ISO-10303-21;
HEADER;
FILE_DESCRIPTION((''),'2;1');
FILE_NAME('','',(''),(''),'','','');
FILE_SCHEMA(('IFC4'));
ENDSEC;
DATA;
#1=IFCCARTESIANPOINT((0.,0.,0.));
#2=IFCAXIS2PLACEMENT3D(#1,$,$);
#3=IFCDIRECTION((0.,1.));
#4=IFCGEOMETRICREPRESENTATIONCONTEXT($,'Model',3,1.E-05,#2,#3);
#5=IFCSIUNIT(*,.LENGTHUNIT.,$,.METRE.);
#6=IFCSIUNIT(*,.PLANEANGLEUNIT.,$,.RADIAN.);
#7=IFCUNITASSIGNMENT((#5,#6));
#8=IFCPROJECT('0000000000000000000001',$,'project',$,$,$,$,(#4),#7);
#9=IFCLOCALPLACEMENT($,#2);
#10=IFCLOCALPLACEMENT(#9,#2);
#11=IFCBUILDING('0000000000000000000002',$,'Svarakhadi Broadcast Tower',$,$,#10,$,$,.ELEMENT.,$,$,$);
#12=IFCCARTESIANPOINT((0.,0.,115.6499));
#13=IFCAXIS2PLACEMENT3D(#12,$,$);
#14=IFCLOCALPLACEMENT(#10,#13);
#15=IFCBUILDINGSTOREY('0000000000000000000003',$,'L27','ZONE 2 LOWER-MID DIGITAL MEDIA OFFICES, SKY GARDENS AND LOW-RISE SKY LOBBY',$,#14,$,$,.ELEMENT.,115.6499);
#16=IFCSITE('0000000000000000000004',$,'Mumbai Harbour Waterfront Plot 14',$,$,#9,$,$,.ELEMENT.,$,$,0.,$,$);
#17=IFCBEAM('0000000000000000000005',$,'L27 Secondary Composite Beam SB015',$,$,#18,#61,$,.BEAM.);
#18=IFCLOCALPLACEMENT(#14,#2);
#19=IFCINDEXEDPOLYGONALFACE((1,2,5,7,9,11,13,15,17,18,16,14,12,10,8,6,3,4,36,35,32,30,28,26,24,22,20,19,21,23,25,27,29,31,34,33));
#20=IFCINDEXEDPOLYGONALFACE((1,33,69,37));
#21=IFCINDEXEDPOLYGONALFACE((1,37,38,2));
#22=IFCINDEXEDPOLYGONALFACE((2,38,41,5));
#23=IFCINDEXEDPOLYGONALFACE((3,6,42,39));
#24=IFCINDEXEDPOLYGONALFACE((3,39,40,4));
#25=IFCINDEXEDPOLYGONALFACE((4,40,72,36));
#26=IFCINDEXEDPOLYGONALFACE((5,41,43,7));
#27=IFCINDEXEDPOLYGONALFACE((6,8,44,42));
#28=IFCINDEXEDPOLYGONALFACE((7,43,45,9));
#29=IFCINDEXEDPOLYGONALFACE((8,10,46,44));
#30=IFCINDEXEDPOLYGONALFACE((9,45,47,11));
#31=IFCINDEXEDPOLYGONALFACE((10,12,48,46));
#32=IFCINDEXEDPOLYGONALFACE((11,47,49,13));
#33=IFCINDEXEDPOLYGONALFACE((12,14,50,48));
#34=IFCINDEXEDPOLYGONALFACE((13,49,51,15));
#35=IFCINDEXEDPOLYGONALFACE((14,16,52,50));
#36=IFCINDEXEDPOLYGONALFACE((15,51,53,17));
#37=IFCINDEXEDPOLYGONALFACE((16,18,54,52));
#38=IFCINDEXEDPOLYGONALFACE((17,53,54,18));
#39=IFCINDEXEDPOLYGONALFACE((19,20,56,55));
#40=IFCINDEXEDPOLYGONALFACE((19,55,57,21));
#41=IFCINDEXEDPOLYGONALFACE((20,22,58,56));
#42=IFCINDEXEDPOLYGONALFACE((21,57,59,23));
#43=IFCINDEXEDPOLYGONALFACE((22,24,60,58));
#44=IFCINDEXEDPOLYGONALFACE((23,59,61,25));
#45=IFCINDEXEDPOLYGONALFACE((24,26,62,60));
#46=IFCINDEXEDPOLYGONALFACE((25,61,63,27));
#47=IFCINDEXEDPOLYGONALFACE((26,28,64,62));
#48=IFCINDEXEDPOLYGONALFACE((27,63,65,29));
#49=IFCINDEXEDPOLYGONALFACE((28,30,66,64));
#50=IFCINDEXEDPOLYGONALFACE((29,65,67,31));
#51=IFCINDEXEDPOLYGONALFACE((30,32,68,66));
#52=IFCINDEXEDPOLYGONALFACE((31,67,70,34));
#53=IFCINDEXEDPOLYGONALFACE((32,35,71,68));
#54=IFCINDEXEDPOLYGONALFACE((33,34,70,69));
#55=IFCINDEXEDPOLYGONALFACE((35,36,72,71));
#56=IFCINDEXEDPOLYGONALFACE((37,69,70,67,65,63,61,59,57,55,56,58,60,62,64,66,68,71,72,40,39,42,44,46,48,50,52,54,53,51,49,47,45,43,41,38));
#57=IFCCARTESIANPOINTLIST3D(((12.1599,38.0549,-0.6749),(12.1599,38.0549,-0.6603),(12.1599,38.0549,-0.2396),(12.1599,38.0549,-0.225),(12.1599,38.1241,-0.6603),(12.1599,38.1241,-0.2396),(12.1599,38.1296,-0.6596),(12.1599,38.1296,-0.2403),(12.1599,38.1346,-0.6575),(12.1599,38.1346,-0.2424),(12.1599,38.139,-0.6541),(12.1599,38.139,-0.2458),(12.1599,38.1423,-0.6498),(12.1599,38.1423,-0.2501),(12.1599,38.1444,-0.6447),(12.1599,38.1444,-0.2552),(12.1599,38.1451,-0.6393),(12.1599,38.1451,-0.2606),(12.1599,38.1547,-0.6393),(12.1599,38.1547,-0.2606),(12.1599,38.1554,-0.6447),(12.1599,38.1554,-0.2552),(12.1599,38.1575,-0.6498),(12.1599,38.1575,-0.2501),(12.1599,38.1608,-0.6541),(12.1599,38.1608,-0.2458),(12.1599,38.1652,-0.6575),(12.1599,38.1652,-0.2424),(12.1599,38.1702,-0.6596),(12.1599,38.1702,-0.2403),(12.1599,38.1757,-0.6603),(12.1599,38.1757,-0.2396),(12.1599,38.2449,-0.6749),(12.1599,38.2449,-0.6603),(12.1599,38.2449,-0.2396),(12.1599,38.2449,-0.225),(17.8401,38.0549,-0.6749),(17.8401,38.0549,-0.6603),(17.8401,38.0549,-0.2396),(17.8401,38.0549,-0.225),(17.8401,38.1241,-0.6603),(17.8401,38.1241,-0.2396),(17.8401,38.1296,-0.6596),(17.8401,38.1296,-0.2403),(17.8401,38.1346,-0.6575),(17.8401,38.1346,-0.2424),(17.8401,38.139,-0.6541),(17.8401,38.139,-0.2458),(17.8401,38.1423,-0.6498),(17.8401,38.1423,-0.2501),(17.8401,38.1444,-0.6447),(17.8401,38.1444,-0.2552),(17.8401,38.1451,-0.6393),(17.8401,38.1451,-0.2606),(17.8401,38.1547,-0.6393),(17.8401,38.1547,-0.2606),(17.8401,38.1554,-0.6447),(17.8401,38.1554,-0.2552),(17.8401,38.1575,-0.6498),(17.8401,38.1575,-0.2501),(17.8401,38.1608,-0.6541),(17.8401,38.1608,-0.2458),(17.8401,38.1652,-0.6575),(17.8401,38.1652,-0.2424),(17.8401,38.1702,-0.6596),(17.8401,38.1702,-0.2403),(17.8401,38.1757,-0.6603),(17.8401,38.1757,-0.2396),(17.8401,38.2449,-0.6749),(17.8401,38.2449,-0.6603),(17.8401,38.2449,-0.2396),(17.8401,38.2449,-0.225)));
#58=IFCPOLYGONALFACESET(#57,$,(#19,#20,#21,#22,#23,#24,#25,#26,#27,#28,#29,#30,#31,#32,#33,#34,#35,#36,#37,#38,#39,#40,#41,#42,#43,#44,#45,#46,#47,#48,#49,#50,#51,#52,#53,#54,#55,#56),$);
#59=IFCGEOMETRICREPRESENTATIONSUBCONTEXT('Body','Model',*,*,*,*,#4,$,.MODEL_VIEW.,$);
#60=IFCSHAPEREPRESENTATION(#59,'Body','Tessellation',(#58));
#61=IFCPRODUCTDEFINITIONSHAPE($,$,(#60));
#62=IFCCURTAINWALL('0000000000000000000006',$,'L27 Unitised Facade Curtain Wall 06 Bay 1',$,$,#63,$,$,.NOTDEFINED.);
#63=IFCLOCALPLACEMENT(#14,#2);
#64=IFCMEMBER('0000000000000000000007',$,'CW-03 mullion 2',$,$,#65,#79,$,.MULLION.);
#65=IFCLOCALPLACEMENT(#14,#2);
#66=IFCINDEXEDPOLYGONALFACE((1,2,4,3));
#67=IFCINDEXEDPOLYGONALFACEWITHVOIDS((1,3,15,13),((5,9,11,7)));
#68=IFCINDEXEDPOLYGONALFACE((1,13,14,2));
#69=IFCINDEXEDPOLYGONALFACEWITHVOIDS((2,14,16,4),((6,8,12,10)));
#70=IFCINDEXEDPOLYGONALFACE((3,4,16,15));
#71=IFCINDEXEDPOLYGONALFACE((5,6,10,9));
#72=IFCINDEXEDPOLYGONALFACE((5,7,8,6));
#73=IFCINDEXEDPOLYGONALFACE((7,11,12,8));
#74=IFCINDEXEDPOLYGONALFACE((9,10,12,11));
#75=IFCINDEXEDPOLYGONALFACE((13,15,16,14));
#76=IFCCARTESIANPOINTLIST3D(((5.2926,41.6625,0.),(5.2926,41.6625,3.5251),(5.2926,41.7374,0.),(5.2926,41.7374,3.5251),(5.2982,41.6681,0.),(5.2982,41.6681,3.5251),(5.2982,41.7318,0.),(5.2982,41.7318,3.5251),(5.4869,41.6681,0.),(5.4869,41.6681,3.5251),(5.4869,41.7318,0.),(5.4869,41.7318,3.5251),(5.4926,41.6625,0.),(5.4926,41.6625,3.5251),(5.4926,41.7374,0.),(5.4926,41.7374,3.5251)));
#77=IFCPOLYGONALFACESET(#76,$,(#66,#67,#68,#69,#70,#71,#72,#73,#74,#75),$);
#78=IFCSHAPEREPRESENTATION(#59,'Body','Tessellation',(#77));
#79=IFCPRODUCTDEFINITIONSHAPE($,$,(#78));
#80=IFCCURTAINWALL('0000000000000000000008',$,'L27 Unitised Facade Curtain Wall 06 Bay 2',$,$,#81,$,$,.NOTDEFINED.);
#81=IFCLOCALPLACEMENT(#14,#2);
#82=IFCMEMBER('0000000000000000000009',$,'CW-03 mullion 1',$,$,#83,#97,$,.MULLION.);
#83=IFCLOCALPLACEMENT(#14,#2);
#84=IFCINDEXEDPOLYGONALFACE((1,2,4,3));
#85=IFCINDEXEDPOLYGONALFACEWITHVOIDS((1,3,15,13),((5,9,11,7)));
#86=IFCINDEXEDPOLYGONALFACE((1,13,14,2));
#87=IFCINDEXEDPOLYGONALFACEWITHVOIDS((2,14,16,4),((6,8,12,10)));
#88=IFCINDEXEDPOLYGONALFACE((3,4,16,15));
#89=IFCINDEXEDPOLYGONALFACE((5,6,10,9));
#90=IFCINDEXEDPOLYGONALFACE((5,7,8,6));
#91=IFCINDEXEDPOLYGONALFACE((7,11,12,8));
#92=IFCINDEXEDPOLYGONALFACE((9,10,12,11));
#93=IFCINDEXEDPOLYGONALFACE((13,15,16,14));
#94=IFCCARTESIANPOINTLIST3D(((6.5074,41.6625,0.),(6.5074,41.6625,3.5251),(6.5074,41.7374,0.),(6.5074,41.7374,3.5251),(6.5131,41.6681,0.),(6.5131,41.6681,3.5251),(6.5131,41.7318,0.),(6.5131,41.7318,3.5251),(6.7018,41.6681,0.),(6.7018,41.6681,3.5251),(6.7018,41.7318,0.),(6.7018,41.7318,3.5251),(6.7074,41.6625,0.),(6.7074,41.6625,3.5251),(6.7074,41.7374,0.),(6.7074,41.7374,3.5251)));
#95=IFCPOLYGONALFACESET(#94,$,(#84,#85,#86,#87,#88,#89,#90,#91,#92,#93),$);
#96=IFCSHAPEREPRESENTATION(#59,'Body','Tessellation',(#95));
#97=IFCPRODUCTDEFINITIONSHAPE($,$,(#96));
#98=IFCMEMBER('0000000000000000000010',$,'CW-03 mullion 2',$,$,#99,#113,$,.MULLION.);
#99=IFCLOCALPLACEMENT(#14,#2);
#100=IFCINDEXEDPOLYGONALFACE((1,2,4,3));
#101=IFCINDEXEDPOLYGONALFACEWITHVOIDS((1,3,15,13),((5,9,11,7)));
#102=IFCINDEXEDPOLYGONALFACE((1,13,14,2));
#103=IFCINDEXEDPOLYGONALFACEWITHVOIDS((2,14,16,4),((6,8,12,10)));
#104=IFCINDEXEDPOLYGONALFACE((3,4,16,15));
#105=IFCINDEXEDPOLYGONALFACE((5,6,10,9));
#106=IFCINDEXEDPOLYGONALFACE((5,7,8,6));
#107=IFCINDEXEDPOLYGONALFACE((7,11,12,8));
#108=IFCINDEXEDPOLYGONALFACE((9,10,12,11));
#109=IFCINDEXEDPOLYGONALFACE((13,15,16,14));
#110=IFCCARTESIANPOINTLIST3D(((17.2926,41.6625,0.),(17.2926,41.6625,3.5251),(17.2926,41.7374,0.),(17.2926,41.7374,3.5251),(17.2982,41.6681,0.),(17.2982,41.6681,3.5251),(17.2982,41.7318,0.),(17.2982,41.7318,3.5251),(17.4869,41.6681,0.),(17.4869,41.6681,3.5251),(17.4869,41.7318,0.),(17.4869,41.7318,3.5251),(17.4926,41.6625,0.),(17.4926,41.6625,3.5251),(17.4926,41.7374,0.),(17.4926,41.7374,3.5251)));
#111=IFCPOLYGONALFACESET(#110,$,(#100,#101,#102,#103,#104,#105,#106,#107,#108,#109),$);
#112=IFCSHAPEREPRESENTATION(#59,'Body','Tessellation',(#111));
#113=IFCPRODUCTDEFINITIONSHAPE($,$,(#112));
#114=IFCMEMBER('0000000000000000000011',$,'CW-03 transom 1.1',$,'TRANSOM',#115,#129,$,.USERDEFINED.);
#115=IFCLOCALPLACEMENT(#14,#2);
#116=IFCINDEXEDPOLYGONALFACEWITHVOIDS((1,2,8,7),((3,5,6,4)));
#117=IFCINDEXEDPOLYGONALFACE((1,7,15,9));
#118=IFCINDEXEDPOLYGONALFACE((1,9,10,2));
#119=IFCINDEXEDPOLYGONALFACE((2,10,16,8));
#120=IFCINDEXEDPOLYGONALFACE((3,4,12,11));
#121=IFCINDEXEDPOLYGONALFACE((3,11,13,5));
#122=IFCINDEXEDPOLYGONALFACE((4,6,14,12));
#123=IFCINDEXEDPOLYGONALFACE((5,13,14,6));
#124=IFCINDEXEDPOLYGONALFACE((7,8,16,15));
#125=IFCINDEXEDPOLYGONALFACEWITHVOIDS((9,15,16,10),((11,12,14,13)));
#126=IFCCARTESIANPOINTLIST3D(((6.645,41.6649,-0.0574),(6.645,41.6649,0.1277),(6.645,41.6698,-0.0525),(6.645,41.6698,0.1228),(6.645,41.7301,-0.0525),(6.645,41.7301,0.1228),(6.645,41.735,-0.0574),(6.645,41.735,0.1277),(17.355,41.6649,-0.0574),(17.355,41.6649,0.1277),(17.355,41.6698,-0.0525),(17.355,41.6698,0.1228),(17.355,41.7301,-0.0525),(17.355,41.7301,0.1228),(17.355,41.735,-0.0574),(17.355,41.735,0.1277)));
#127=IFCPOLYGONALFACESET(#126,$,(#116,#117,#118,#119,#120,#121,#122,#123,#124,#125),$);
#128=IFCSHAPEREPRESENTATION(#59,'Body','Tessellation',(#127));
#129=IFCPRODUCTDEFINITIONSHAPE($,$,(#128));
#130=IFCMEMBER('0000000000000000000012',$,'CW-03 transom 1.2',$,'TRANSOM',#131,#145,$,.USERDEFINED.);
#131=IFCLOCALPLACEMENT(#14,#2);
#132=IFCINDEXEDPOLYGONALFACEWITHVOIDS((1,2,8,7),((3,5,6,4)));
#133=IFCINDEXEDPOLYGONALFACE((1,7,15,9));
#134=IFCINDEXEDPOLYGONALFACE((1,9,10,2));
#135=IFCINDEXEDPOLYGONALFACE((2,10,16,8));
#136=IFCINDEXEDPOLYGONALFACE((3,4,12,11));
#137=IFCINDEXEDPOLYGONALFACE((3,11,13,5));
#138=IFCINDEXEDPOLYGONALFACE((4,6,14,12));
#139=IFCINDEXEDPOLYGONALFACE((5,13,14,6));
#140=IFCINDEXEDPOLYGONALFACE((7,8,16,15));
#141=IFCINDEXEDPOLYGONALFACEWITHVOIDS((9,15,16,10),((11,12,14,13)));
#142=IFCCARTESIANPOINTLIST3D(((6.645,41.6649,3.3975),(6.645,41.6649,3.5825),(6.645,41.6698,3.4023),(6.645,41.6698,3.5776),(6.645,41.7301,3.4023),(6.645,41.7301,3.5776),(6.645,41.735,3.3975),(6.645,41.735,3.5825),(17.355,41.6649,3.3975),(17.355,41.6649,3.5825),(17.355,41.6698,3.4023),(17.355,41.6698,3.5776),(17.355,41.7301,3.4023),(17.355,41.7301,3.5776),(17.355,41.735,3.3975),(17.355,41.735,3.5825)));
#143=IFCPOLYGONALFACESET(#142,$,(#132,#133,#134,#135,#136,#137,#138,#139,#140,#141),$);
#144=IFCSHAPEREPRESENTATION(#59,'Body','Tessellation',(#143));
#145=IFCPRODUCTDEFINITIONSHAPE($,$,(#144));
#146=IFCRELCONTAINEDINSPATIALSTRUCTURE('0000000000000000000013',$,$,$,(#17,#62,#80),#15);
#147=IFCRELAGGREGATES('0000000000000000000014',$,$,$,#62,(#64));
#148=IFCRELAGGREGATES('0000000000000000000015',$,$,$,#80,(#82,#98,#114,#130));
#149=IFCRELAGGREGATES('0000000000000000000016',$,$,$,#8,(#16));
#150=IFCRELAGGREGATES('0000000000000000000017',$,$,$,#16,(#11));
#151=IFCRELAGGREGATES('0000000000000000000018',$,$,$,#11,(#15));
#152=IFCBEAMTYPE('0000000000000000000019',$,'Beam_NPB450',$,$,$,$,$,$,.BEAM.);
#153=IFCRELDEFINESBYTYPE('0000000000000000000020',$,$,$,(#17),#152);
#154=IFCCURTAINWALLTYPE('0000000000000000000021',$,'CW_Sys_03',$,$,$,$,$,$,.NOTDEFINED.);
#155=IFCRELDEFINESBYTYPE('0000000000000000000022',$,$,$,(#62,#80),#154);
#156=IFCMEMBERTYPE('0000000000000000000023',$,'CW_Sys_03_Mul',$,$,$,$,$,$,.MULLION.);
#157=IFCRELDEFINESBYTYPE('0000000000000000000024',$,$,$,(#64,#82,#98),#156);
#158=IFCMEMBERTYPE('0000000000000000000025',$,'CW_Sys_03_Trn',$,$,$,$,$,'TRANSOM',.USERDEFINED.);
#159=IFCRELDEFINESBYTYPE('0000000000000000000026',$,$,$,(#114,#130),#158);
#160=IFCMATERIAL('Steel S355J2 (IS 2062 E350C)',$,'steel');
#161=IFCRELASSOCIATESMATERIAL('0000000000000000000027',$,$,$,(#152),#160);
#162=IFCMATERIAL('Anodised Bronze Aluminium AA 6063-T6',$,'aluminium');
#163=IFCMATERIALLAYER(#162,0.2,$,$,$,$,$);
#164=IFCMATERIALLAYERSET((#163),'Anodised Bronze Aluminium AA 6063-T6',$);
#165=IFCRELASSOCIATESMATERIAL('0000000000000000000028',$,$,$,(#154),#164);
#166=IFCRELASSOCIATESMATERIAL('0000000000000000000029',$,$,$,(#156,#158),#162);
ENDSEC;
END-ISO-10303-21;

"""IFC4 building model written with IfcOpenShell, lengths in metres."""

from ifc_helpers import new_model, si_unit, direction, frame, origin, origin_2d, place, context, subcontext, project, spatial, hollow_rectangle, i_section, extrude, material, layer, layer_set, material_profile, profile_set, type_object, element, aggregate, save


model = new_model("IFC4")

# Units and contexts
model_context = context("Model", 3, precision=1e-05, world=origin(), true_north=direction((0.0, 1.0)))
body_context = subcontext(model_context, "Body", "Model", "MODEL_VIEW")
ifc_project = project(units=[si_unit("LENGTHUNIT", "METRE"), si_unit("PLANEANGLEUNIT", "RADIAN")], contexts=[model_context])

# Site, building, storey
site_placement = place(None, origin())
site = spatial("IfcSite", under=ifc_project, at=site_placement, Name="Mumbai Harbour Waterfront Plot 14", CompositionType="ELEMENT", RefElevation=0.0)
building_placement = place(site_placement, origin())
building = spatial("IfcBuilding", under=site, at=building_placement, Name="Svarakhadi Broadcast Tower", CompositionType="ELEMENT")
storey_placement = place(building_placement, frame((0.0, 0.0, 115.6499)))
storey = spatial("IfcBuildingStorey", under=building, at=storey_placement, Name="L27", Description="ZONE 2 LOWER-MID DIGITAL MEDIA OFFICES, SKY GARDENS AND LOW-RISE SKY LOBBY", CompositionType="ELEMENT", Elevation=115.6499)

# Beam
ifc_material_1 = material(Name="Steel S355J2 (IS 2062 E350C)", Category="steel")
ifc_material_profile_1 = material_profile(ifc_material_1, i_section(OverallWidth=0.1899, OverallDepth=0.45, WebThickness=0.0095, FlangeThickness=0.0146, FilletRadius=0.021, at=origin_2d()), Name="NPB 450x190x78")
ifc_profile_set_1 = profile_set([ifc_material_profile_1], Name="Steel S355J2 (IS 2062 E350C)")
beam_type_1 = type_object("IfcBeamType", Name="Beam_NPB450", PredefinedType="BEAM", material=ifc_profile_set_1)
for number, where, z_axis, x_axis, name in (
    (1, (12.1599, 38.1499, -0.45), (1.0, 0.0, 0.0), (0.0, 1.0, 0.0), "L27 Secondary Composite Beam SB015"),
):
    element("IfcBeam", number, at=place(storey_placement, frame(where, z_axis=z_axis, x_axis=x_axis)), inside=storey, type_object=beam_type_1, Name=name, PredefinedType="BEAM", context=body_context, shape_type="SweptSolid", body=[
        extrude(i_section(OverallWidth=0.1899, OverallDepth=0.45, WebThickness=0.0095, FlangeThickness=0.0146, FilletRadius=0.021, at=origin_2d()), origin(), (0.0, 0.0, 1.0), 5.6802),
    ])

# Curtain wall, member
ifc_material_2 = material(Name="Anodised Bronze Aluminium AA 6063-T6", Category="aluminium")
ifc_layer_1 = layer(ifc_material_2, 0.2)
ifc_layer_set_1 = layer_set([ifc_layer_1], Name="Anodised Bronze Aluminium AA 6063-T6")
curtain_wall_type = type_object("IfcCurtainWallType", Name="CW_Sys_03", PredefinedType="NOTDEFINED", material=ifc_layer_set_1)
curtain_wall_1_placement = place(storey_placement, origin())
curtain_wall_1 = element("IfcCurtainWall", 2, at=curtain_wall_1_placement, inside=storey, type_object=curtain_wall_type, Name="L27 Unitised Facade Curtain Wall 06 Bay 1", PredefinedType="NOTDEFINED")
ifc_material_profile_2 = material_profile(ifc_material_2, hollow_rectangle(XDim=0.075, YDim=0.2, WallThickness=0.0056, at=origin_2d()), Name="ALU MULLION 200x75x6")
ifc_profile_set_2 = profile_set([ifc_material_profile_2], Name="Anodised Bronze Aluminium AA 6063-T6")
member_type_1 = type_object("IfcMemberType", Name="CW_Sys_03_Mul", PredefinedType="MULLION", material=ifc_profile_set_2)
member_1_placement = place(storey_placement, frame((5.3926, 41.7, 0.0), z_axis=(0.0, 0.0, 1.0), x_axis=(0.0, 1.0, 0.0)))
member_1 = element("IfcMember", 3, at=member_1_placement, type_object=member_type_1, Name="CW-03 mullion 2", PredefinedType="MULLION", context=body_context, shape_type="SweptSolid", body=[
    extrude(hollow_rectangle(XDim=0.075, YDim=0.2, WallThickness=0.0056, at=origin_2d()), origin(), (0.0, 0.0, 1.0), 3.5251),
])

# Curtain wall, members
curtain_wall_2_placement = place(storey_placement, origin())
curtain_wall_2 = element("IfcCurtainWall", 4, at=curtain_wall_2_placement, inside=storey, type_object=curtain_wall_type, Name="L27 Unitised Facade Curtain Wall 06 Bay 2", PredefinedType="NOTDEFINED")
member_2_placement = place(storey_placement, frame((6.6074, 41.7, 0.0), z_axis=(0.0, 0.0, 1.0), x_axis=(0.0, 1.0, 0.0)))
member_2 = element("IfcMember", 5, at=member_2_placement, type_object=member_type_1, Name="CW-03 mullion 1", PredefinedType="MULLION", context=body_context, shape_type="SweptSolid", body=[
    extrude(hollow_rectangle(XDim=0.075, YDim=0.2, WallThickness=0.0056, at=origin_2d()), origin(), (0.0, 0.0, 1.0), 3.5251),
])
member_3_placement = place(storey_placement, frame((17.3926, 41.7, 0.0), z_axis=(0.0, 0.0, 1.0), x_axis=(0.0, 1.0, 0.0)))
member_3 = element("IfcMember", 6, at=member_3_placement, type_object=member_type_1, Name="CW-03 mullion 2", PredefinedType="MULLION", context=body_context, shape_type="SweptSolid", body=[
    extrude(hollow_rectangle(XDim=0.075, YDim=0.2, WallThickness=0.0056, at=origin_2d()), origin(), (0.0, 0.0, 1.0), 3.5251),
])
ifc_material_profile_3 = material_profile(ifc_material_2, hollow_rectangle(XDim=0.0701, YDim=0.1851, WallThickness=0.0049, at=origin_2d()), Name="ALU TRANSOM 185x70x5")
ifc_profile_set_3 = profile_set([ifc_material_profile_3], Name="Anodised Bronze Aluminium AA 6063-T6")
member_type_2 = type_object("IfcMemberType", Name="CW_Sys_03_Trn", ElementType="TRANSOM", PredefinedType="USERDEFINED", material=ifc_profile_set_3)
member_4_placement = place(storey_placement, frame((6.645, 41.7, 0.0352), z_axis=(1.0, 0.0, 0.0), x_axis=(0.0, 1.0, 0.0)))
member_4 = element("IfcMember", 7, at=member_4_placement, type_object=member_type_2, Name="CW-03 transom 1.1", ObjectType="TRANSOM", PredefinedType="USERDEFINED", context=body_context, shape_type="SweptSolid", body=[
    extrude(hollow_rectangle(XDim=0.0701, YDim=0.1851, WallThickness=0.0049, at=origin_2d()), origin(), (0.0, 0.0, 1.0), 10.71),
])
member_5_placement = place(storey_placement, frame((6.645, 41.7, 3.49), z_axis=(1.0, 0.0, 0.0), x_axis=(0.0, 1.0, 0.0)))
member_5 = element("IfcMember", 8, at=member_5_placement, type_object=member_type_2, Name="CW-03 transom 1.2", ObjectType="TRANSOM", PredefinedType="USERDEFINED", context=body_context, shape_type="SweptSolid", body=[
    extrude(hollow_rectangle(XDim=0.0701, YDim=0.1851, WallThickness=0.0049, at=origin_2d()), origin(), (0.0, 0.0, 1.0), 10.71),
])

aggregate(curtain_wall_1, [member_1])
aggregate(curtain_wall_2, [member_2, member_3, member_4, member_5])

save(model, "model.ifc")
